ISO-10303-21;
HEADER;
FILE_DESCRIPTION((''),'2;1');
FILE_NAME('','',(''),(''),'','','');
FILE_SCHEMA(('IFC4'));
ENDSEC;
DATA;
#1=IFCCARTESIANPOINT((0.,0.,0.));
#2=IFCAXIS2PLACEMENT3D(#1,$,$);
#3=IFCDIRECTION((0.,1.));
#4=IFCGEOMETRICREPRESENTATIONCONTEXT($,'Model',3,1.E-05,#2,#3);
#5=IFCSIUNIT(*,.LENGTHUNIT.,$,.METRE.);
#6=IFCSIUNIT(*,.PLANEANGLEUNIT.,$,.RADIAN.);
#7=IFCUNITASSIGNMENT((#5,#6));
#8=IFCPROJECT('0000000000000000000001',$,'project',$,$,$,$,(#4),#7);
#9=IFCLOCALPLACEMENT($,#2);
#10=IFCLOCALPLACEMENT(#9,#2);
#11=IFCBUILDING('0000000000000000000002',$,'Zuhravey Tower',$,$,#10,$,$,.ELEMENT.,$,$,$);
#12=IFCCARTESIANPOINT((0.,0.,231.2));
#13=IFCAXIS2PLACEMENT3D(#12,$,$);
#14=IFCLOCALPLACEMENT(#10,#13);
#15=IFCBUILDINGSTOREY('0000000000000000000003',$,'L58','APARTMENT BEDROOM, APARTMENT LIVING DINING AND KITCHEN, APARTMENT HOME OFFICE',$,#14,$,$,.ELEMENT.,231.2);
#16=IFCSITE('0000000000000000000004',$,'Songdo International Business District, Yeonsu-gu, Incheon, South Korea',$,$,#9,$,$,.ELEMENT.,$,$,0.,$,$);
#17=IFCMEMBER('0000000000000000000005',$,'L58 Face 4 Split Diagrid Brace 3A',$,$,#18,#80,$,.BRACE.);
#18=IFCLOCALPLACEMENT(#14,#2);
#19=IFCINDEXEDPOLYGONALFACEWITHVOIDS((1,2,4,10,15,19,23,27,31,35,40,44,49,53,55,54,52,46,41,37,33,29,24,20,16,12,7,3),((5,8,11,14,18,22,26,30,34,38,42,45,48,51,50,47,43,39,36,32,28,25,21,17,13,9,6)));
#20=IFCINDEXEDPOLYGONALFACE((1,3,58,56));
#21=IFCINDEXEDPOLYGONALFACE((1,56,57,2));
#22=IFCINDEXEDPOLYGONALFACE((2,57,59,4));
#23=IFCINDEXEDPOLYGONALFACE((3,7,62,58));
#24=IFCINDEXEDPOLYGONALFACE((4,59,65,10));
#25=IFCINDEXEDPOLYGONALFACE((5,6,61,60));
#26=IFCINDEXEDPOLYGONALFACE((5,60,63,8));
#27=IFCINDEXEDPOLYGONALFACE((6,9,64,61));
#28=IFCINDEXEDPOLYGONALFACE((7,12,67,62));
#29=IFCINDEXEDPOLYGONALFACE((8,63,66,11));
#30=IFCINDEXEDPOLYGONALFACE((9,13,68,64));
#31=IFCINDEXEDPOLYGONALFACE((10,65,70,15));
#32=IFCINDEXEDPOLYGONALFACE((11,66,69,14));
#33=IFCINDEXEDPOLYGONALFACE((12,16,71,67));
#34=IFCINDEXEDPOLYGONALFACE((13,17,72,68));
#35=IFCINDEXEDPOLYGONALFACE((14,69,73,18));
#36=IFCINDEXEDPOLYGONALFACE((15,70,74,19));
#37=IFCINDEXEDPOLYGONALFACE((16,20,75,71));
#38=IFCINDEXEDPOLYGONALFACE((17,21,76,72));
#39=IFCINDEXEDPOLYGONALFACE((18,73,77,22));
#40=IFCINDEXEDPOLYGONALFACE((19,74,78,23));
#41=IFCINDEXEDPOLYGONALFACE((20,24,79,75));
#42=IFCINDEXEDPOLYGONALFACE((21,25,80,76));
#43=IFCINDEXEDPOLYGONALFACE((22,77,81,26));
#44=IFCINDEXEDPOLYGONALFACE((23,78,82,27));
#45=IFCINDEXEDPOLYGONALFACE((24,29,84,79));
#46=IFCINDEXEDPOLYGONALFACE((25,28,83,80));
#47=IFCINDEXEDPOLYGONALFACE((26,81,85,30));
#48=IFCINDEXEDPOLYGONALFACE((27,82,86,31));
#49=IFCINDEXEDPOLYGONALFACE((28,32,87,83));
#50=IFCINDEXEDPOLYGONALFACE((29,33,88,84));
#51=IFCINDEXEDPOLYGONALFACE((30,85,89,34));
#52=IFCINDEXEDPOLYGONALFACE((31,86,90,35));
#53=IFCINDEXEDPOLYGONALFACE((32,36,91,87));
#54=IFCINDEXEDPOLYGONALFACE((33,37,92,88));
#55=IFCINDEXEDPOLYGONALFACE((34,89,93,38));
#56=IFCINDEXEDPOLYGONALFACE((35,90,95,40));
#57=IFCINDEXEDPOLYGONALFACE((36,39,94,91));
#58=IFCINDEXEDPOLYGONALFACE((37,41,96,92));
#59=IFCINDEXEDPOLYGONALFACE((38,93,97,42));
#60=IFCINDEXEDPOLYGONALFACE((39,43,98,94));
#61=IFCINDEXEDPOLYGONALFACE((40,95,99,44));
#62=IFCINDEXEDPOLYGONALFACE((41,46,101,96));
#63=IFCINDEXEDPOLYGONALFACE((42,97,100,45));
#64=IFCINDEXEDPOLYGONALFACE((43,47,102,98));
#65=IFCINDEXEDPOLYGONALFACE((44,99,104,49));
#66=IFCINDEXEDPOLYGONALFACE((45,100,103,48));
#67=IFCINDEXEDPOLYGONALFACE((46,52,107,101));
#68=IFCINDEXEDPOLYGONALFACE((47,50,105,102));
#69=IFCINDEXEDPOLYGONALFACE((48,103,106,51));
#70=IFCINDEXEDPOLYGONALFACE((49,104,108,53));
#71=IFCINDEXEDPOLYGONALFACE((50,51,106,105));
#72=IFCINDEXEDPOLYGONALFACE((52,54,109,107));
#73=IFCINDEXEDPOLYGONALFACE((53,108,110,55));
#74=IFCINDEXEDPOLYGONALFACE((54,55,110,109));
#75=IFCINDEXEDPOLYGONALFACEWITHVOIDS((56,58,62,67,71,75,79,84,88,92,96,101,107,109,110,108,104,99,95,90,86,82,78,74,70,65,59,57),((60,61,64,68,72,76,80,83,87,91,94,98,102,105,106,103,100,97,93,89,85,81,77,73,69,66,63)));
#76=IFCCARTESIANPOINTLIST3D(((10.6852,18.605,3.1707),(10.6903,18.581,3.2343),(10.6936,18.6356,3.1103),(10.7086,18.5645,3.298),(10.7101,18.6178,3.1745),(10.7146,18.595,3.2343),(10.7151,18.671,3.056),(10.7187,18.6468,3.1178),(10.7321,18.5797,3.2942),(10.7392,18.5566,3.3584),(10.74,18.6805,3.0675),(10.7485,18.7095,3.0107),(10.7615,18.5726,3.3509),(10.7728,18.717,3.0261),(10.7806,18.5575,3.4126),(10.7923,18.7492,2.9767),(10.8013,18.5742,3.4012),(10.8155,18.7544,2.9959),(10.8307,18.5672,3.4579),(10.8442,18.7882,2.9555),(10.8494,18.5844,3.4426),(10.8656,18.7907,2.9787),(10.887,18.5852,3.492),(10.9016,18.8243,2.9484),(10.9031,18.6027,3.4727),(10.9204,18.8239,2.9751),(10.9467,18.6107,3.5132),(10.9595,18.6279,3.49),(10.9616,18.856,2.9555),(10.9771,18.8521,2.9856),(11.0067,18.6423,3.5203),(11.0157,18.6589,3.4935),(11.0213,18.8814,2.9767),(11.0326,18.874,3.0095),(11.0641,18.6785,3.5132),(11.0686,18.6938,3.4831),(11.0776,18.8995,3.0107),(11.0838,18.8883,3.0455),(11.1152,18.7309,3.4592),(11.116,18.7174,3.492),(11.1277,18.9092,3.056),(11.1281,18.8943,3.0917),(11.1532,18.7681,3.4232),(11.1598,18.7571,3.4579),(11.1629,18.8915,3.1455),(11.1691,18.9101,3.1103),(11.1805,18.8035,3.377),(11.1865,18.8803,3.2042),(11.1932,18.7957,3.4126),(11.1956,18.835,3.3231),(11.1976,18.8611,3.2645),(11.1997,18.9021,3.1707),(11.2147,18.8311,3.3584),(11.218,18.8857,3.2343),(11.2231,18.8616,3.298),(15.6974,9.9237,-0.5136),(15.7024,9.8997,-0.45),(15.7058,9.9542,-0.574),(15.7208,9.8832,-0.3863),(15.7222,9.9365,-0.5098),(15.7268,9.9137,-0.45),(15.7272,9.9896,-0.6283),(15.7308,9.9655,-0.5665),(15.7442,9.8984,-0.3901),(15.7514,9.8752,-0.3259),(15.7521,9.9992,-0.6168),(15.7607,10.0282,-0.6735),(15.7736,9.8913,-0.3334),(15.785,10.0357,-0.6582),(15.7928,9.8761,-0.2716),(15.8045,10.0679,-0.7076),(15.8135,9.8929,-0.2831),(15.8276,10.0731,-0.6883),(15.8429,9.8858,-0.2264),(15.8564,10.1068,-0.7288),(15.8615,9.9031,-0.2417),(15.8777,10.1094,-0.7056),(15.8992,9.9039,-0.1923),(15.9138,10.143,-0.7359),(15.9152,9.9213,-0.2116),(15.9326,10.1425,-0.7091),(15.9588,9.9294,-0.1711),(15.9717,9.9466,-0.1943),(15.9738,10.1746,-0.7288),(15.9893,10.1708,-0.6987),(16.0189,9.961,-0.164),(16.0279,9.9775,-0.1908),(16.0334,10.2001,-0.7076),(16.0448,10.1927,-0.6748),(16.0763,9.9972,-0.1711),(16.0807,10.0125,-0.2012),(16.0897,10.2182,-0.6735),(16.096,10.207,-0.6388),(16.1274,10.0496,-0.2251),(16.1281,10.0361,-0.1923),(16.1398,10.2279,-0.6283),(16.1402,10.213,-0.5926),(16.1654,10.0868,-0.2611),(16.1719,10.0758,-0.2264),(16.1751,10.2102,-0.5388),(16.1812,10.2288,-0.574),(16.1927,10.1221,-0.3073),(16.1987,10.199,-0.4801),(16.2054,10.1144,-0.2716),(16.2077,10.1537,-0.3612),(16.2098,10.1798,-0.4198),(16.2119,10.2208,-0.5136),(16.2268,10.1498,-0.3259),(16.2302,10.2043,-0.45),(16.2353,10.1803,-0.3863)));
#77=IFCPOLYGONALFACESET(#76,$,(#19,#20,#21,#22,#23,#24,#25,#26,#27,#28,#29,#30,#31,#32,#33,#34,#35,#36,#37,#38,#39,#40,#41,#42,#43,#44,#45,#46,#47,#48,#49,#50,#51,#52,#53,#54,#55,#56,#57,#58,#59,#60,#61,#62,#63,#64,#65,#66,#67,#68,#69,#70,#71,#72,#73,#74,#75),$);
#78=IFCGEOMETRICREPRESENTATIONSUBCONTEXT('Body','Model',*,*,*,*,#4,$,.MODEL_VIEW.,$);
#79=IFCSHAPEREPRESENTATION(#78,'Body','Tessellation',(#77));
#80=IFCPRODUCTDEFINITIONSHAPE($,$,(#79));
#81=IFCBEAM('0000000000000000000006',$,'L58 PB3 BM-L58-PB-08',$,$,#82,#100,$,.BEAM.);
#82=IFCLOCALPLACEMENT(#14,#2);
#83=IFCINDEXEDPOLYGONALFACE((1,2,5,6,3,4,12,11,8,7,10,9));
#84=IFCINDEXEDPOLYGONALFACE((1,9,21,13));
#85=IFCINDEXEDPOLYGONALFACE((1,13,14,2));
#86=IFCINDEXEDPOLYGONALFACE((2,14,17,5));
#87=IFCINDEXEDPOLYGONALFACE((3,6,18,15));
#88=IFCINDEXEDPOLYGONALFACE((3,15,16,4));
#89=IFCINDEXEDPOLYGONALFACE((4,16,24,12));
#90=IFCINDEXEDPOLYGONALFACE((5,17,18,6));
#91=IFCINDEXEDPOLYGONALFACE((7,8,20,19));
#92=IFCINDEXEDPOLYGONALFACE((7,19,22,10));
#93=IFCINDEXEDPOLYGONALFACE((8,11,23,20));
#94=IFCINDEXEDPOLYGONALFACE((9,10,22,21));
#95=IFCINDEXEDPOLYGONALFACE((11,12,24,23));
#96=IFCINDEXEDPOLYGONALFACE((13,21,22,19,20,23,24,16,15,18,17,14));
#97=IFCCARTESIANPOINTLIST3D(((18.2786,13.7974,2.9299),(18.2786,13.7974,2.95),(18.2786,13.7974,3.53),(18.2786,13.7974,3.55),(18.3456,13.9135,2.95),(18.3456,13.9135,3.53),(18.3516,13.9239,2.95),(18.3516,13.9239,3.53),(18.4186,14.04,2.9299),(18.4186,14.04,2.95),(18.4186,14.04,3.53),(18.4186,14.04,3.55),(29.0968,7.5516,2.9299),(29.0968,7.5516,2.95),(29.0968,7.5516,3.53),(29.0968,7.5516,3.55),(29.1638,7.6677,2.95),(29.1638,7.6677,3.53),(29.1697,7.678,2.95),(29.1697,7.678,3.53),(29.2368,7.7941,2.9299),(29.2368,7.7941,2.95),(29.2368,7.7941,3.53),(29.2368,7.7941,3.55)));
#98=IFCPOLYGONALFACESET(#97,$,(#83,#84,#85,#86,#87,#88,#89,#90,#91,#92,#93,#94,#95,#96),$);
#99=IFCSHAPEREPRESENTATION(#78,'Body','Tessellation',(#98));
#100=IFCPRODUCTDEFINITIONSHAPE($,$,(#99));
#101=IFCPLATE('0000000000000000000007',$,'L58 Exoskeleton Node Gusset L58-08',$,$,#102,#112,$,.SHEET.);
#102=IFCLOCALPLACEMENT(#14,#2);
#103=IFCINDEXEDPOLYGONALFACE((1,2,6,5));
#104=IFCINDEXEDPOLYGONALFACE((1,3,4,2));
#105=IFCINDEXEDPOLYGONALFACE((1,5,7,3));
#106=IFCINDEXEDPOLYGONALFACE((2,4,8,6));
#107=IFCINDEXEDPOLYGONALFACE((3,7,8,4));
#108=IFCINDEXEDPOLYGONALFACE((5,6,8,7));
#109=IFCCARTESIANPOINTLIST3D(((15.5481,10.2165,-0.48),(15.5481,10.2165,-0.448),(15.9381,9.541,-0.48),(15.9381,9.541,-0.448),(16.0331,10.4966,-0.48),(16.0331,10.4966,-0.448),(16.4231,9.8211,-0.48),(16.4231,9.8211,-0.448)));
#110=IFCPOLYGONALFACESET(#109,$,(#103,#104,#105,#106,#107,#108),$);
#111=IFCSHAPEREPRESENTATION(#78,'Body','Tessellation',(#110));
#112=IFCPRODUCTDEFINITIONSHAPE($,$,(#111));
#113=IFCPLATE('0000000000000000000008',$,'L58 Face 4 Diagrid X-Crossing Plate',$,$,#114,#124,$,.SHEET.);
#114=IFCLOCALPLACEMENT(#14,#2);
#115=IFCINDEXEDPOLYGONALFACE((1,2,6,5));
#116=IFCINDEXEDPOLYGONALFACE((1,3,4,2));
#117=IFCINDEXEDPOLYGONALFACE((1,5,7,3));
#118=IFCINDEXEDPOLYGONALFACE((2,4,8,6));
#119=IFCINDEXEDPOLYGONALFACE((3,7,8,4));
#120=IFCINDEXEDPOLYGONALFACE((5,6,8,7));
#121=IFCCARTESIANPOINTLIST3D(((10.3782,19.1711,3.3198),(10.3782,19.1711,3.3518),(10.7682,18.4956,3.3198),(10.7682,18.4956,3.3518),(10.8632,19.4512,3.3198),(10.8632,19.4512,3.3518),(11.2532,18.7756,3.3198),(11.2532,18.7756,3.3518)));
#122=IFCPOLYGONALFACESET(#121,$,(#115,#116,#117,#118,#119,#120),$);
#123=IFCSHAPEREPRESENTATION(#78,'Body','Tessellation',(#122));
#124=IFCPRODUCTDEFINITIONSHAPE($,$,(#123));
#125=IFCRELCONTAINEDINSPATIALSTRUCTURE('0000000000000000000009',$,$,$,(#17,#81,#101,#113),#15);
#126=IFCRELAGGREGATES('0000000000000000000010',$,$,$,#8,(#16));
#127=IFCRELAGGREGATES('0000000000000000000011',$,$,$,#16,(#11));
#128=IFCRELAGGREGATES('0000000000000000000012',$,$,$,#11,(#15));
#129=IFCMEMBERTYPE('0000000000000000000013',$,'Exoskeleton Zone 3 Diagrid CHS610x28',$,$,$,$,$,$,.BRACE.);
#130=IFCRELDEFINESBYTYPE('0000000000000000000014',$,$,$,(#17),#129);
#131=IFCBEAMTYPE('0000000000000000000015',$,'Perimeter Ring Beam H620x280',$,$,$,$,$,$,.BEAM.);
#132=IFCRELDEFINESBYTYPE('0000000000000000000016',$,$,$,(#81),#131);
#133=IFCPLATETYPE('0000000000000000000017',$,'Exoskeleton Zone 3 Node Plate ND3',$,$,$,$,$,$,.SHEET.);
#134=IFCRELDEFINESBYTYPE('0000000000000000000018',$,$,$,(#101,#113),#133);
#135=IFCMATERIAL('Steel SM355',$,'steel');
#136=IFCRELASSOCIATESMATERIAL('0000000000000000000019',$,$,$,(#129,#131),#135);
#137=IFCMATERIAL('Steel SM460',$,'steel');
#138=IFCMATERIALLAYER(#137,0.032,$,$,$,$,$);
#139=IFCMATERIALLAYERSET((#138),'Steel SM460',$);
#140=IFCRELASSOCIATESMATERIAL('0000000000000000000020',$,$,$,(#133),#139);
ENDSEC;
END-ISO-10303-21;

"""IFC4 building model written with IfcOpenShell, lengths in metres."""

from ifc_helpers import new_model, si_unit, direction, frame, origin, origin_2d, place, context, subcontext, project, spatial, rectangle, hollow_circle, i_section, extrude, material, layer, layer_set, material_profile, profile_set, type_object, element, save


model = new_model("IFC4")

# Units and contexts
model_context = context("Model", 3, precision=1e-05, world=origin(), true_north=direction((0.0, 1.0)))
body_context = subcontext(model_context, "Body", "Model", "MODEL_VIEW")
ifc_project = project(units=[si_unit("LENGTHUNIT", "METRE"), si_unit("PLANEANGLEUNIT", "RADIAN")], contexts=[model_context])

# Site, building, storey
site_placement = place(None, origin())
site = spatial("IfcSite", under=ifc_project, at=site_placement, Name="Songdo International Business District, Yeonsu-gu, Incheon, South Korea", CompositionType="ELEMENT", RefElevation=0.0)
building_placement = place(site_placement, origin())
building = spatial("IfcBuilding", under=site, at=building_placement, Name="Zuhravey Tower", CompositionType="ELEMENT")
storey_placement = place(building_placement, frame((0.0, 0.0, 231.2)))
storey = spatial("IfcBuildingStorey", under=building, at=storey_placement, Name="L58", Description="APARTMENT BEDROOM, APARTMENT LIVING DINING AND KITCHEN, APARTMENT HOME OFFICE", CompositionType="ELEMENT", Elevation=231.2)

# Member
ifc_material_1 = material(Name="Steel SM355", Category="steel")
ifc_material_profile_1 = material_profile(ifc_material_1, hollow_circle(Radius=0.3047, WallThickness=0.0281, at=origin_2d()), Name="CHS-609.6x28")
ifc_profile_set_1 = profile_set([ifc_material_profile_1], Name="Steel SM355")
member_type_1 = type_object("IfcMemberType", Name="Exoskeleton Zone 3 Diagrid CHS610x28", PredefinedType="BRACE", material=ifc_profile_set_1)
member_1_placement = place(storey_placement, frame((15.9663, 10.052, -0.45), z_axis=(-0.469306, 0.812862, 0.344973), x_axis=(-0.866025, -0.5, 0.0)))
element("IfcMember", 1, at=member_1_placement, inside=storey, type_object=member_type_1, Name="L58 Face 4 Split Diagrid Brace 3A", PredefinedType="BRACE", context=body_context, shape_type="SweptSolid", body=[
    extrude(hollow_circle(Radius=0.3047, WallThickness=0.0281, at=origin_2d()), origin(), (0.0, 0.0, 1.0), 10.6799),
])

# Beam
ifc_material_profile_2 = material_profile(ifc_material_1, i_section(OverallWidth=0.28, OverallDepth=0.6201, WebThickness=0.012, FlangeThickness=0.02, at=origin_2d()), Name="H-620x280x12x20")
ifc_profile_set_2 = profile_set([ifc_material_profile_2], Name="Steel SM355")
beam_type = type_object("IfcBeamType", Name="Perimeter Ring Beam H620x280", PredefinedType="BEAM", material=ifc_profile_set_2)
beam_placement = place(storey_placement, frame((18.3486, 13.9187, 3.24), z_axis=(0.866025, -0.5, 0.0), x_axis=(0.5, 0.866025, 0.0)))
element("IfcBeam", 2, at=beam_placement, inside=storey, type_object=beam_type, Name="L58 PB3 BM-L58-PB-08", PredefinedType="BEAM", context=body_context, shape_type="SweptSolid", body=[
    extrude(i_section(OverallWidth=0.28, OverallDepth=0.6201, WebThickness=0.012, FlangeThickness=0.02, at=origin_2d()), origin(), (0.0, 0.0, 1.0), 12.4917),
])

# Plates
ifc_material_2 = material(Name="Steel SM460", Category="steel")
ifc_layer_1 = layer(ifc_material_2, 0.032)
ifc_layer_set_1 = layer_set([ifc_layer_1], Name="Steel SM460")
plate_type_1 = type_object("IfcPlateType", Name="Exoskeleton Zone 3 Node Plate ND3", PredefinedType="SHEET", material=ifc_layer_set_1)
for number, where, z_axis, x_axis, name in (
    (3, (15.9856, 10.0188, -0.48), (0.0, 0.0, 1.0), (0.5, -0.866025, 0.0), "L58 Exoskeleton Node Gusset L58-08"),
    (4, (10.8157, 18.9734, 3.3198), (0.0, 0.0, 1.0), (0.5, -0.866025, 0.0), "L58 Face 4 Diagrid X-Crossing Plate"),
):
    element("IfcPlate", number, at=place(storey_placement, frame(where, z_axis=z_axis, x_axis=x_axis)), inside=storey, type_object=plate_type_1, Name=name, PredefinedType="SHEET", context=body_context, shape_type="SweptSolid", body=[
        extrude(rectangle(XDim=0.78, YDim=0.5601, at=origin_2d()), origin(), (0.0, 0.0, 1.0), 0.032),
    ])

save(model, "model.ifc")
